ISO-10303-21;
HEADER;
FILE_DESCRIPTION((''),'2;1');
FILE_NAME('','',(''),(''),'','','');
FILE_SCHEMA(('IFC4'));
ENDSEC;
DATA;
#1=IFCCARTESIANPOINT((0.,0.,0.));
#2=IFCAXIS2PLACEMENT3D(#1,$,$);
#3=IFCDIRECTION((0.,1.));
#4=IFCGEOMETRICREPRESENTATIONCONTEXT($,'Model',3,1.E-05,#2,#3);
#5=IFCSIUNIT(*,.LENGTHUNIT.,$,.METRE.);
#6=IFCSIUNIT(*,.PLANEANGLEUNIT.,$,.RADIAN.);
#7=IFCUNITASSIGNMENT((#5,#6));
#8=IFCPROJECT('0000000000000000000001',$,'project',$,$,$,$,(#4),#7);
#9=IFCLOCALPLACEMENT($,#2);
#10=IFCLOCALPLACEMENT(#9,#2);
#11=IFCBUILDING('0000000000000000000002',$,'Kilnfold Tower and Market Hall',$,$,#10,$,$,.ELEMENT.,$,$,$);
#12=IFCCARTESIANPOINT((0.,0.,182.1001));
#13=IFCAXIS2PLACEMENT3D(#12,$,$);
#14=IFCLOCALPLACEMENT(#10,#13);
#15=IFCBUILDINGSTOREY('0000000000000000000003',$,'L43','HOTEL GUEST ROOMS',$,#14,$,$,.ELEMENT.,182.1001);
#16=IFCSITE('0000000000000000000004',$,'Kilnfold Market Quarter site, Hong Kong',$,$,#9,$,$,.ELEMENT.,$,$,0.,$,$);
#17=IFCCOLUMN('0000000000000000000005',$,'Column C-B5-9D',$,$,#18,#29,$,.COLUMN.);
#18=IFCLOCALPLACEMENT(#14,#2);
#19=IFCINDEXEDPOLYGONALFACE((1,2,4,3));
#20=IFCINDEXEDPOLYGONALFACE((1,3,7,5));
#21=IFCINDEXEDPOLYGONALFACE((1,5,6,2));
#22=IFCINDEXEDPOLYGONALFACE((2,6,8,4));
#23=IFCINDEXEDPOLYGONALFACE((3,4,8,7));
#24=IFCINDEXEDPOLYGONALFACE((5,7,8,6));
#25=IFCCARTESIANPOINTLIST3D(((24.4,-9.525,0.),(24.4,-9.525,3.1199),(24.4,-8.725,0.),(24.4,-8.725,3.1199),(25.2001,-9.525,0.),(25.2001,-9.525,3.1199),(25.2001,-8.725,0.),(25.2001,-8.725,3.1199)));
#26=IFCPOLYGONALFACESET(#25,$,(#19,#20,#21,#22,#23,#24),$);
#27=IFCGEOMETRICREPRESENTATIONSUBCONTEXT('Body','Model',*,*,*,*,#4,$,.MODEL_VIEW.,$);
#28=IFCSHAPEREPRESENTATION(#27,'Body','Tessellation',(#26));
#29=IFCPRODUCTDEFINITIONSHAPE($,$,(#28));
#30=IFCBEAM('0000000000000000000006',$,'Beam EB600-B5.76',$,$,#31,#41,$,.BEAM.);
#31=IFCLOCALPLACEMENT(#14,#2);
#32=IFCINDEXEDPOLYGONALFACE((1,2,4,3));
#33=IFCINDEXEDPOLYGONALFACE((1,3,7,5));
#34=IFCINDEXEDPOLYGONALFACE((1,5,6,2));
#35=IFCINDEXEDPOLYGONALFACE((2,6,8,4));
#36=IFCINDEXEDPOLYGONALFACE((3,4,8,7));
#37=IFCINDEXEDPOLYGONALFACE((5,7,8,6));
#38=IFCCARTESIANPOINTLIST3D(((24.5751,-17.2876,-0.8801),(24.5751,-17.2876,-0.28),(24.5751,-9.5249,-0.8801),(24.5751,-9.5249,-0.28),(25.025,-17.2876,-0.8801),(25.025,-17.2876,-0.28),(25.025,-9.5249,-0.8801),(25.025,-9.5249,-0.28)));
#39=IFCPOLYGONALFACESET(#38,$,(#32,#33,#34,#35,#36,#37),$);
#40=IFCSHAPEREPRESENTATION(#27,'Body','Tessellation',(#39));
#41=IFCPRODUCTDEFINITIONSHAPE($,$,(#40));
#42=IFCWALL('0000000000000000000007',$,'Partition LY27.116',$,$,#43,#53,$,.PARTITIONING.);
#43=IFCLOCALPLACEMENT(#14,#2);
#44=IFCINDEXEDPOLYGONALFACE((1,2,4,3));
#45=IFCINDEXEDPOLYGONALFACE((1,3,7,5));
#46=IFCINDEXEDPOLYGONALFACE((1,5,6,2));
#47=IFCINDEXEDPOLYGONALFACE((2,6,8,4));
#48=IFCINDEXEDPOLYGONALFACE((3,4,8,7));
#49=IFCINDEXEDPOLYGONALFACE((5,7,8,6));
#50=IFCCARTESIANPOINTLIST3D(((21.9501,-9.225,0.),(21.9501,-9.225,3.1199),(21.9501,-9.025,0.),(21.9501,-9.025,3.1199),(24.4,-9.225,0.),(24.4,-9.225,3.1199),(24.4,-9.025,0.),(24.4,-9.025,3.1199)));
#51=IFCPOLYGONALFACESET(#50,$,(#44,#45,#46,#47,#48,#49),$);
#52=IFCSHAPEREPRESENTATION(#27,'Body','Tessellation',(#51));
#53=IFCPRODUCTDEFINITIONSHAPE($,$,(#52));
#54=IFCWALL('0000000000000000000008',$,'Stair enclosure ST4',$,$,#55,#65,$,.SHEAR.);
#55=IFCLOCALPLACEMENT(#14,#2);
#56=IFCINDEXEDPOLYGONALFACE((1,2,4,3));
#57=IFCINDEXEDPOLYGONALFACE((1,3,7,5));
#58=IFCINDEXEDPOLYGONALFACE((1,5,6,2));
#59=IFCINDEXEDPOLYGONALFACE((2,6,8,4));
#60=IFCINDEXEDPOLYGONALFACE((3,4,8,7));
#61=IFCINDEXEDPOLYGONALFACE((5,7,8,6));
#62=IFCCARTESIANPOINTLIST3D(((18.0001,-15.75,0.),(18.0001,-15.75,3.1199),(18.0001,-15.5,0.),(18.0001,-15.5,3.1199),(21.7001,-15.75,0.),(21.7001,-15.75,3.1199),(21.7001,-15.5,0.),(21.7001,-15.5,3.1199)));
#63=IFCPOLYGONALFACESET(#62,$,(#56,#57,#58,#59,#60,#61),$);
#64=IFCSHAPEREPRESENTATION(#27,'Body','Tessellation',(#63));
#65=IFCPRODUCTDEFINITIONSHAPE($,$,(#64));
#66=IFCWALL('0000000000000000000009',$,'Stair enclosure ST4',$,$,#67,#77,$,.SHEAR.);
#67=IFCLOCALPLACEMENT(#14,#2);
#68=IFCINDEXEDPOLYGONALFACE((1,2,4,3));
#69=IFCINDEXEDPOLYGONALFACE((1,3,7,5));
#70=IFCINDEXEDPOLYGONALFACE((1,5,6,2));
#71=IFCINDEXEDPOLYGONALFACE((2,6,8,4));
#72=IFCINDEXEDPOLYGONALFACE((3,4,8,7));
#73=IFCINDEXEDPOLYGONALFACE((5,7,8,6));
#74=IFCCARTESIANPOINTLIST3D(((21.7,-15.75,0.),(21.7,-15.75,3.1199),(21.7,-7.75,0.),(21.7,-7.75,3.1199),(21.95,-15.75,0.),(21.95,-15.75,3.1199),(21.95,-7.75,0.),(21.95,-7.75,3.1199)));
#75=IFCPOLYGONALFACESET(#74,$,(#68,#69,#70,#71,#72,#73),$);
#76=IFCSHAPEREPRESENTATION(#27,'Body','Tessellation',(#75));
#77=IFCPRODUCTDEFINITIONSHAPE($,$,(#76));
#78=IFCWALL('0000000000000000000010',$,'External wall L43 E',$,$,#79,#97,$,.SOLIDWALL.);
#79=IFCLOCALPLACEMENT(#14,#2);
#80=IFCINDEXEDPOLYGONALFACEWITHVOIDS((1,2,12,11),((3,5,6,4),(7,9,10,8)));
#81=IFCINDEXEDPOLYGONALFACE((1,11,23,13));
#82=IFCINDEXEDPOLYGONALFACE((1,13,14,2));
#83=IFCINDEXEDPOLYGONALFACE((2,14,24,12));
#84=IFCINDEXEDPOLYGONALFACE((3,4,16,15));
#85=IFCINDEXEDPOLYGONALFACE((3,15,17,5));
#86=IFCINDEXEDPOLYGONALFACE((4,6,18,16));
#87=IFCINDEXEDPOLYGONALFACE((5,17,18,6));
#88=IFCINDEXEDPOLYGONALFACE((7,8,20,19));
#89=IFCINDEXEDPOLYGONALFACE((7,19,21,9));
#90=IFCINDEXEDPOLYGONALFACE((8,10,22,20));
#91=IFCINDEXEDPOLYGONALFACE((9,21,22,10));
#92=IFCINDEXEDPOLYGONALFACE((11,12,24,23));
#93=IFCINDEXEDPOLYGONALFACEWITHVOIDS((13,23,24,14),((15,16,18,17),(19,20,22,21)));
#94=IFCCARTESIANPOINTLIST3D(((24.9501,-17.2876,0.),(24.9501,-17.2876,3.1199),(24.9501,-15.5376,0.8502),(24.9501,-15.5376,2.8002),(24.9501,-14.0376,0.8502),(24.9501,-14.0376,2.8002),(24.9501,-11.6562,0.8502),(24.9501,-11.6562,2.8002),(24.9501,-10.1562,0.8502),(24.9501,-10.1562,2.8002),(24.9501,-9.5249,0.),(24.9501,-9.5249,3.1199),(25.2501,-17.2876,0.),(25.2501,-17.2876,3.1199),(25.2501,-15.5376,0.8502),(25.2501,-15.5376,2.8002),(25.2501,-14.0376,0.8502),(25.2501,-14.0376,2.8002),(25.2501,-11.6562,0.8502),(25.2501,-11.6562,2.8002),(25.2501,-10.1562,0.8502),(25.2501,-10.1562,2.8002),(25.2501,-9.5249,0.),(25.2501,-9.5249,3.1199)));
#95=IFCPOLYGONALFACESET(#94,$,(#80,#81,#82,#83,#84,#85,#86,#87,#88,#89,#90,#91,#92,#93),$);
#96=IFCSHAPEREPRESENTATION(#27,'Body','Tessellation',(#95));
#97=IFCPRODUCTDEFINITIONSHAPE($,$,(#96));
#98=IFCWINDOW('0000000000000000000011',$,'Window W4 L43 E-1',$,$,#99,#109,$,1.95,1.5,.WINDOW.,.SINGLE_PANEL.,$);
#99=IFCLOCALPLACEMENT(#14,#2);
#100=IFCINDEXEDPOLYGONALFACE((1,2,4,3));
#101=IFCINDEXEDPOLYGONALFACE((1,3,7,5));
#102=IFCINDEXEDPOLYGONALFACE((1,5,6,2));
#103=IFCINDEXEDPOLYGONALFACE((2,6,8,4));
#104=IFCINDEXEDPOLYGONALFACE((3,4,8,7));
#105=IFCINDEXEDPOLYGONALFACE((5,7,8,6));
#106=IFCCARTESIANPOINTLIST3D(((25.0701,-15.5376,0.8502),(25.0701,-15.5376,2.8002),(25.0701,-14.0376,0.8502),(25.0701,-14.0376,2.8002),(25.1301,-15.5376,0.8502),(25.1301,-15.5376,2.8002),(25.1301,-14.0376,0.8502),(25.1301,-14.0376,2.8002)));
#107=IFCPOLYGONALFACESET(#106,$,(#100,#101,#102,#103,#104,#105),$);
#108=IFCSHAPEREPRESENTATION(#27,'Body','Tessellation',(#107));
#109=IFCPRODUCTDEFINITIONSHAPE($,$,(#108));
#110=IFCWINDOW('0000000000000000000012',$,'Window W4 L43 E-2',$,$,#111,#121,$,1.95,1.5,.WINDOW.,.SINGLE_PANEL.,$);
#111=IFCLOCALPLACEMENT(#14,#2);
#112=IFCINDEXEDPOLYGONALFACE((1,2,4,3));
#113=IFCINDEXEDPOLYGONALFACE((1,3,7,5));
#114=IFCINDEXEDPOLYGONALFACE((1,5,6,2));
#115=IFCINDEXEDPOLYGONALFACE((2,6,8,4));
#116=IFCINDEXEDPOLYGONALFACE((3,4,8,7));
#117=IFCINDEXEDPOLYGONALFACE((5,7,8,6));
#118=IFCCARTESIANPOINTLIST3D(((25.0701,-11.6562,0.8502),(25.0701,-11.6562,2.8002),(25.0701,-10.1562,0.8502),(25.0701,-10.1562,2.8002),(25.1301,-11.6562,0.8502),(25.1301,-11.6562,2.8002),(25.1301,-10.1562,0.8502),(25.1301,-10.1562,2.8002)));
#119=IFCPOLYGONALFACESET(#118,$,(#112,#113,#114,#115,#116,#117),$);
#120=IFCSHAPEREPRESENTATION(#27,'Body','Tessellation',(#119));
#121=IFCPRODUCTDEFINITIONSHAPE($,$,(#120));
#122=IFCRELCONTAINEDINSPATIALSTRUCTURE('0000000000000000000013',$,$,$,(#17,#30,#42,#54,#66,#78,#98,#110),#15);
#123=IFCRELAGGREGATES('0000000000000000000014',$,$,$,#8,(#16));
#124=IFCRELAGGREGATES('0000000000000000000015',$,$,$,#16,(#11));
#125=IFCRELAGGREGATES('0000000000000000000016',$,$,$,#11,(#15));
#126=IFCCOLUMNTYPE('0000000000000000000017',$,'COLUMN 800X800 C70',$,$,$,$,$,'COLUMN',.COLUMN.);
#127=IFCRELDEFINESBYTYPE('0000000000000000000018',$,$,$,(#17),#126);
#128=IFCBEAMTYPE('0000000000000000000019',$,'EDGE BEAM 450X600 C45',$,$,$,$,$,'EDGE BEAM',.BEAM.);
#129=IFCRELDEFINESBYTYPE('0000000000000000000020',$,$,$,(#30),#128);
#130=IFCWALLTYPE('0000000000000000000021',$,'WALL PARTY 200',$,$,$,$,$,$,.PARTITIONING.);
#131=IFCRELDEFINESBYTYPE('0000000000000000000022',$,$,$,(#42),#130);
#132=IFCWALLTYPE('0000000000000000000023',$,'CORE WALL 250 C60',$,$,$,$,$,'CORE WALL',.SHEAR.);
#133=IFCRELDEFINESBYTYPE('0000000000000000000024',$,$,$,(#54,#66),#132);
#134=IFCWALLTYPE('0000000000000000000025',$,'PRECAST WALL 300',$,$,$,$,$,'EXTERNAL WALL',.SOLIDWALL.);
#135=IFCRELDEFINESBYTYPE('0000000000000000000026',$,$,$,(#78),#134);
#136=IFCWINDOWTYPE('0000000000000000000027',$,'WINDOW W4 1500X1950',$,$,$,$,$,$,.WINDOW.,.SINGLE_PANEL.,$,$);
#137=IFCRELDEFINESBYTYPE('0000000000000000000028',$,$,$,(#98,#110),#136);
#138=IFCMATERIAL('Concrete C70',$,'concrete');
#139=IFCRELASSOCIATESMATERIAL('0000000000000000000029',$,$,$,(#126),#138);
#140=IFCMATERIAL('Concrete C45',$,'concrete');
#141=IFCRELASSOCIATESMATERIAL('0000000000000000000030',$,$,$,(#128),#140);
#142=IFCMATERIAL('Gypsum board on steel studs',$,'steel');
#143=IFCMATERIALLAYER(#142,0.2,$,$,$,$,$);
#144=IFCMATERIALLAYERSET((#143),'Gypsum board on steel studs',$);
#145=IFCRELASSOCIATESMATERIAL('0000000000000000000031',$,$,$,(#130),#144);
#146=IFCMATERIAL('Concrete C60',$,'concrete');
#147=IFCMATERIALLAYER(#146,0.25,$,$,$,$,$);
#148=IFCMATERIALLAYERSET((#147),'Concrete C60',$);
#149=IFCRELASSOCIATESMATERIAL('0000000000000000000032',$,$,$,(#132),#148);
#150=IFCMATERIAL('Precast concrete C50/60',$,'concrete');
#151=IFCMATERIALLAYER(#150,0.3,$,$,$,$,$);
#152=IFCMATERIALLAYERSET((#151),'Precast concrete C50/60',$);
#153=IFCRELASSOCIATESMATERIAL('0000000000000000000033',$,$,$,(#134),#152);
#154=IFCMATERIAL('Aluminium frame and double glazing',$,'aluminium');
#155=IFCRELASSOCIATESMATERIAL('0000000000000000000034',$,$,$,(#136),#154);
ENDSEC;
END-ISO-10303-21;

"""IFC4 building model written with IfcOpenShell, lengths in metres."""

from ifc_helpers import new_model, si_unit, direction, frame, frame_2d, origin, origin_2d, place, context, subcontext, project, spatial, rectangle, extrude, source, transform, mapped, material, layer, layer_set, material_profile, profile_set, type_object, element, fill, save


model = new_model("IFC4")

# Units and contexts
model_context = context("Model", 3, precision=1e-05, world=origin(), true_north=direction((0.0, 1.0)))
body_context = subcontext(model_context, "Body", "Model", "MODEL_VIEW")
ifc_project = project(units=[si_unit("LENGTHUNIT", "METRE"), si_unit("PLANEANGLEUNIT", "RADIAN")], contexts=[model_context])

# Site, building, storey
site_placement = place(None, origin())
site = spatial("IfcSite", under=ifc_project, at=site_placement, Name="Kilnfold Market Quarter site, Hong Kong", CompositionType="ELEMENT", RefElevation=0.0)
building_placement = place(site_placement, origin())
building = spatial("IfcBuilding", under=site, at=building_placement, Name="Kilnfold Tower and Market Hall", CompositionType="ELEMENT")
storey_placement = place(building_placement, frame((0.0, 0.0, 182.1001)))
storey = spatial("IfcBuildingStorey", under=building, at=storey_placement, Name="L43", Description="HOTEL GUEST ROOMS", CompositionType="ELEMENT", Elevation=182.1001)

# Column
ifc_material_1 = material(Name="Concrete C70", Category="concrete")
ifc_material_profile_1 = material_profile(ifc_material_1, rectangle(XDim=0.8, YDim=0.8, at=origin_2d()), Name="RC 800x800")
ifc_profile_set_1 = profile_set([ifc_material_profile_1], Name="Concrete C70")
column_type = type_object("IfcColumnType", Name="COLUMN 800X800 C70", ElementType="COLUMN", PredefinedType="COLUMN", material=ifc_profile_set_1)
shared_shape_1 = source(origin(), body_context, "Body", "SweptSolid", [
    extrude(rectangle(XDim=0.8, YDim=0.8, at=origin_2d()), origin(), (0.0, 0.0, 1.0), 3.1199),
])
column_placement = place(storey_placement, frame((24.8, -9.125, 0.0), z_axis=(0.0, 0.0, 1.0), x_axis=(1.0, 0.0, 0.0)))
element("IfcColumn", 1, at=column_placement, inside=storey, type_object=column_type, Name="Column C-B5-9D", PredefinedType="COLUMN", context=body_context, shape_type="MappedRepresentation", body=[
    mapped(shared_shape_1, transform((0.0, 0.0, 0.0))),
])

# Beam
ifc_material_2 = material(Name="Concrete C45", Category="concrete")
ifc_material_profile_2 = material_profile(ifc_material_2, rectangle(XDim=0.45, YDim=0.6001, at=origin_2d()), Name="RC 450x600")
ifc_profile_set_2 = profile_set([ifc_material_profile_2], Name="Concrete C45")
beam_type = type_object("IfcBeamType", Name="EDGE BEAM 450X600 C45", ElementType="EDGE BEAM", PredefinedType="BEAM", material=ifc_profile_set_2)
shared_shape_2 = source(origin(), body_context, "Body", "SweptSolid", [
    extrude(rectangle(XDim=0.45, YDim=0.6001, at=origin_2d()), origin(), (0.0, 0.0, 1.0), 7.7627),
])
beam_placement = place(storey_placement, frame((24.8, -17.2876, -0.5801), z_axis=(0.0, 1.0, 0.0), x_axis=(-1.0, 0.0, 0.0)))
element("IfcBeam", 2, at=beam_placement, inside=storey, type_object=beam_type, Name="Beam EB600-B5.76", PredefinedType="BEAM", context=body_context, shape_type="MappedRepresentation", body=[
    mapped(shared_shape_2, transform((0.0, 0.0, 0.0))),
])

# Walls
ifc_material_3 = material(Name="Gypsum board on steel studs", Category="steel")
ifc_layer_1 = layer(ifc_material_3, 0.2)
ifc_layer_set_1 = layer_set([ifc_layer_1], Name="Gypsum board on steel studs")
wall_type_1 = type_object("IfcWallType", Name="WALL PARTY 200", PredefinedType="PARTITIONING", material=ifc_layer_set_1)
wall_1_placement = place(storey_placement, frame((21.95, -9.125, 0.0), z_axis=(0.0, 0.0, 1.0), x_axis=(1.0, 0.0, 0.0)))
element("IfcWall", 3, at=wall_1_placement, inside=storey, type_object=wall_type_1, Name="Partition LY27.116", PredefinedType="PARTITIONING", context=body_context, shape_type="SweptSolid", body=[
    extrude(rectangle(XDim=2.45, YDim=0.2, at=frame_2d((1.2251, 0.0))), origin(), (0.0, 0.0, 1.0), 3.1199),
])
ifc_material_4 = material(Name="Concrete C60", Category="concrete")
ifc_layer_2 = layer(ifc_material_4, 0.25)
ifc_layer_set_2 = layer_set([ifc_layer_2], Name="Concrete C60")
wall_type_2 = type_object("IfcWallType", Name="CORE WALL 250 C60", ElementType="CORE WALL", PredefinedType="SHEAR", material=ifc_layer_set_2)
shared_shape_3 = source(origin(), body_context, "Body", "SweptSolid", [
    extrude(rectangle(XDim=3.7, YDim=0.25, at=frame_2d((1.8501, 0.0))), origin(), (0.0, 0.0, 1.0), 3.1199),
])
wall_2_placement = place(storey_placement, frame((18.0, -15.625, 0.0), z_axis=(0.0, 0.0, 1.0), x_axis=(1.0, 0.0, 0.0)))
element("IfcWall", 4, at=wall_2_placement, inside=storey, type_object=wall_type_2, Name="Stair enclosure ST4", PredefinedType="SHEAR", context=body_context, shape_type="MappedRepresentation", body=[
    mapped(shared_shape_3, transform((0.0, 0.0, 0.0))),
])
shared_shape_4 = source(origin(), body_context, "Body", "SweptSolid", [
    extrude(rectangle(XDim=8.0, YDim=0.25, at=frame_2d((4.0, 0.0))), origin(), (0.0, 0.0, 1.0), 3.1199),
])
wall_3_placement = place(storey_placement, frame((21.825, -15.75, 0.0), z_axis=(0.0, 0.0, 1.0), x_axis=(0.0, 1.0, 0.0)))
element("IfcWall", 5, at=wall_3_placement, inside=storey, type_object=wall_type_2, Name="Stair enclosure ST4", PredefinedType="SHEAR", context=body_context, shape_type="MappedRepresentation", body=[
    mapped(shared_shape_4, transform((0.0, 0.0, 0.0))),
])

# Wall, openings, windows
ifc_material_5 = material(Name="Precast concrete C50/60", Category="concrete")
ifc_layer_3 = layer(ifc_material_5, 0.3)
ifc_layer_set_3 = layer_set([ifc_layer_3], Name="Precast concrete C50/60")
wall_type_3 = type_object("IfcWallType", Name="PRECAST WALL 300", ElementType="EXTERNAL WALL", PredefinedType="SOLIDWALL", material=ifc_layer_set_3)
shared_shape_5 = source(origin(), body_context, "Body", "SweptSolid", [
    extrude(rectangle(XDim=7.7627, YDim=0.3, at=frame_2d((3.8813, 0.0))), origin(), (0.0, 0.0, 1.0), 3.1199),
])
wall_4_placement = place(storey_placement, frame((25.1001, -17.2876, 0.0), z_axis=(0.0, 0.0, 1.0), x_axis=(0.0, 1.0, 0.0)))
wall_4 = element("IfcWall", 6, at=wall_4_placement, inside=storey, type_object=wall_type_3, Name="External wall L43 E", PredefinedType="SOLIDWALL", context=body_context, shape_type="MappedRepresentation", body=[
    mapped(shared_shape_5, transform((0.0, 0.0, 0.0))),
])
opening_1_placement = place(wall_4_placement, frame((1.75, 0.0, 0.8501)))
opening_1 = element("IfcOpeningElement", 7, at=opening_1_placement, cuts=wall_4, PredefinedType="OPENING", context=body_context, shape_type="SweptSolid", body=[
    extrude(rectangle(XDim=1.5, YDim=1.95, at=frame_2d((0.75, 0.9751))), frame((0.0, 0.1602, 0.0), z_axis=(0.0, -1.0, 0.0), x_axis=(1.0, 0.0, 0.0)), (0.0, 0.0, 1.0), 0.3201),
])
opening_2_placement = place(wall_4_placement, frame((5.6313, 0.0, 0.8501)))
opening_2 = element("IfcOpeningElement", 8, at=opening_2_placement, cuts=wall_4, PredefinedType="OPENING", context=body_context, shape_type="SweptSolid", body=[
    extrude(rectangle(XDim=1.5, YDim=1.95, at=frame_2d((0.75, 0.9751))), frame((0.0, 0.1602, 0.0), z_axis=(0.0, -1.0, 0.0), x_axis=(1.0, 0.0, 0.0)), (0.0, 0.0, 1.0), 0.3201),
])
ifc_material_6 = material(Name="Aluminium frame and double glazing", Category="aluminium")
window_type = type_object("IfcWindowType", Name="WINDOW W4 1500X1950", PartitioningType="SINGLE_PANEL", PredefinedType="WINDOW", material=ifc_material_6)
window_1_placement = place(opening_1_placement, origin())
window_1 = element("IfcWindow", 9, at=window_1_placement, inside=storey, type_object=window_type, Name="Window W4 L43 E-1", OverallHeight=1.95, OverallWidth=1.5, PartitioningType="SINGLE_PANEL", PredefinedType="WINDOW", context=body_context, shape_type="SweptSolid", body=[
    extrude(rectangle(XDim=1.5, YDim=1.95, at=frame_2d((0.75, 0.9751))), frame((0.0, 0.03, 0.0), z_axis=(0.0, -1.0, 0.0), x_axis=(1.0, 0.0, 0.0)), (0.0, 0.0, 1.0), 0.0601),
])
fill(opening_1, window_1)
window_2_placement = place(opening_2_placement, origin())
window_2 = element("IfcWindow", 10, at=window_2_placement, inside=storey, type_object=window_type, Name="Window W4 L43 E-2", OverallHeight=1.95, OverallWidth=1.5, PartitioningType="SINGLE_PANEL", PredefinedType="WINDOW", context=body_context, shape_type="SweptSolid", body=[
    extrude(rectangle(XDim=1.5, YDim=1.95, at=frame_2d((0.75, 0.9751))), frame((0.0, 0.03, 0.0), z_axis=(0.0, -1.0, 0.0), x_axis=(1.0, 0.0, 0.0)), (0.0, 0.0, 1.0), 0.0601),
])
fill(opening_2, window_2)

save(model, "model.ifc")
